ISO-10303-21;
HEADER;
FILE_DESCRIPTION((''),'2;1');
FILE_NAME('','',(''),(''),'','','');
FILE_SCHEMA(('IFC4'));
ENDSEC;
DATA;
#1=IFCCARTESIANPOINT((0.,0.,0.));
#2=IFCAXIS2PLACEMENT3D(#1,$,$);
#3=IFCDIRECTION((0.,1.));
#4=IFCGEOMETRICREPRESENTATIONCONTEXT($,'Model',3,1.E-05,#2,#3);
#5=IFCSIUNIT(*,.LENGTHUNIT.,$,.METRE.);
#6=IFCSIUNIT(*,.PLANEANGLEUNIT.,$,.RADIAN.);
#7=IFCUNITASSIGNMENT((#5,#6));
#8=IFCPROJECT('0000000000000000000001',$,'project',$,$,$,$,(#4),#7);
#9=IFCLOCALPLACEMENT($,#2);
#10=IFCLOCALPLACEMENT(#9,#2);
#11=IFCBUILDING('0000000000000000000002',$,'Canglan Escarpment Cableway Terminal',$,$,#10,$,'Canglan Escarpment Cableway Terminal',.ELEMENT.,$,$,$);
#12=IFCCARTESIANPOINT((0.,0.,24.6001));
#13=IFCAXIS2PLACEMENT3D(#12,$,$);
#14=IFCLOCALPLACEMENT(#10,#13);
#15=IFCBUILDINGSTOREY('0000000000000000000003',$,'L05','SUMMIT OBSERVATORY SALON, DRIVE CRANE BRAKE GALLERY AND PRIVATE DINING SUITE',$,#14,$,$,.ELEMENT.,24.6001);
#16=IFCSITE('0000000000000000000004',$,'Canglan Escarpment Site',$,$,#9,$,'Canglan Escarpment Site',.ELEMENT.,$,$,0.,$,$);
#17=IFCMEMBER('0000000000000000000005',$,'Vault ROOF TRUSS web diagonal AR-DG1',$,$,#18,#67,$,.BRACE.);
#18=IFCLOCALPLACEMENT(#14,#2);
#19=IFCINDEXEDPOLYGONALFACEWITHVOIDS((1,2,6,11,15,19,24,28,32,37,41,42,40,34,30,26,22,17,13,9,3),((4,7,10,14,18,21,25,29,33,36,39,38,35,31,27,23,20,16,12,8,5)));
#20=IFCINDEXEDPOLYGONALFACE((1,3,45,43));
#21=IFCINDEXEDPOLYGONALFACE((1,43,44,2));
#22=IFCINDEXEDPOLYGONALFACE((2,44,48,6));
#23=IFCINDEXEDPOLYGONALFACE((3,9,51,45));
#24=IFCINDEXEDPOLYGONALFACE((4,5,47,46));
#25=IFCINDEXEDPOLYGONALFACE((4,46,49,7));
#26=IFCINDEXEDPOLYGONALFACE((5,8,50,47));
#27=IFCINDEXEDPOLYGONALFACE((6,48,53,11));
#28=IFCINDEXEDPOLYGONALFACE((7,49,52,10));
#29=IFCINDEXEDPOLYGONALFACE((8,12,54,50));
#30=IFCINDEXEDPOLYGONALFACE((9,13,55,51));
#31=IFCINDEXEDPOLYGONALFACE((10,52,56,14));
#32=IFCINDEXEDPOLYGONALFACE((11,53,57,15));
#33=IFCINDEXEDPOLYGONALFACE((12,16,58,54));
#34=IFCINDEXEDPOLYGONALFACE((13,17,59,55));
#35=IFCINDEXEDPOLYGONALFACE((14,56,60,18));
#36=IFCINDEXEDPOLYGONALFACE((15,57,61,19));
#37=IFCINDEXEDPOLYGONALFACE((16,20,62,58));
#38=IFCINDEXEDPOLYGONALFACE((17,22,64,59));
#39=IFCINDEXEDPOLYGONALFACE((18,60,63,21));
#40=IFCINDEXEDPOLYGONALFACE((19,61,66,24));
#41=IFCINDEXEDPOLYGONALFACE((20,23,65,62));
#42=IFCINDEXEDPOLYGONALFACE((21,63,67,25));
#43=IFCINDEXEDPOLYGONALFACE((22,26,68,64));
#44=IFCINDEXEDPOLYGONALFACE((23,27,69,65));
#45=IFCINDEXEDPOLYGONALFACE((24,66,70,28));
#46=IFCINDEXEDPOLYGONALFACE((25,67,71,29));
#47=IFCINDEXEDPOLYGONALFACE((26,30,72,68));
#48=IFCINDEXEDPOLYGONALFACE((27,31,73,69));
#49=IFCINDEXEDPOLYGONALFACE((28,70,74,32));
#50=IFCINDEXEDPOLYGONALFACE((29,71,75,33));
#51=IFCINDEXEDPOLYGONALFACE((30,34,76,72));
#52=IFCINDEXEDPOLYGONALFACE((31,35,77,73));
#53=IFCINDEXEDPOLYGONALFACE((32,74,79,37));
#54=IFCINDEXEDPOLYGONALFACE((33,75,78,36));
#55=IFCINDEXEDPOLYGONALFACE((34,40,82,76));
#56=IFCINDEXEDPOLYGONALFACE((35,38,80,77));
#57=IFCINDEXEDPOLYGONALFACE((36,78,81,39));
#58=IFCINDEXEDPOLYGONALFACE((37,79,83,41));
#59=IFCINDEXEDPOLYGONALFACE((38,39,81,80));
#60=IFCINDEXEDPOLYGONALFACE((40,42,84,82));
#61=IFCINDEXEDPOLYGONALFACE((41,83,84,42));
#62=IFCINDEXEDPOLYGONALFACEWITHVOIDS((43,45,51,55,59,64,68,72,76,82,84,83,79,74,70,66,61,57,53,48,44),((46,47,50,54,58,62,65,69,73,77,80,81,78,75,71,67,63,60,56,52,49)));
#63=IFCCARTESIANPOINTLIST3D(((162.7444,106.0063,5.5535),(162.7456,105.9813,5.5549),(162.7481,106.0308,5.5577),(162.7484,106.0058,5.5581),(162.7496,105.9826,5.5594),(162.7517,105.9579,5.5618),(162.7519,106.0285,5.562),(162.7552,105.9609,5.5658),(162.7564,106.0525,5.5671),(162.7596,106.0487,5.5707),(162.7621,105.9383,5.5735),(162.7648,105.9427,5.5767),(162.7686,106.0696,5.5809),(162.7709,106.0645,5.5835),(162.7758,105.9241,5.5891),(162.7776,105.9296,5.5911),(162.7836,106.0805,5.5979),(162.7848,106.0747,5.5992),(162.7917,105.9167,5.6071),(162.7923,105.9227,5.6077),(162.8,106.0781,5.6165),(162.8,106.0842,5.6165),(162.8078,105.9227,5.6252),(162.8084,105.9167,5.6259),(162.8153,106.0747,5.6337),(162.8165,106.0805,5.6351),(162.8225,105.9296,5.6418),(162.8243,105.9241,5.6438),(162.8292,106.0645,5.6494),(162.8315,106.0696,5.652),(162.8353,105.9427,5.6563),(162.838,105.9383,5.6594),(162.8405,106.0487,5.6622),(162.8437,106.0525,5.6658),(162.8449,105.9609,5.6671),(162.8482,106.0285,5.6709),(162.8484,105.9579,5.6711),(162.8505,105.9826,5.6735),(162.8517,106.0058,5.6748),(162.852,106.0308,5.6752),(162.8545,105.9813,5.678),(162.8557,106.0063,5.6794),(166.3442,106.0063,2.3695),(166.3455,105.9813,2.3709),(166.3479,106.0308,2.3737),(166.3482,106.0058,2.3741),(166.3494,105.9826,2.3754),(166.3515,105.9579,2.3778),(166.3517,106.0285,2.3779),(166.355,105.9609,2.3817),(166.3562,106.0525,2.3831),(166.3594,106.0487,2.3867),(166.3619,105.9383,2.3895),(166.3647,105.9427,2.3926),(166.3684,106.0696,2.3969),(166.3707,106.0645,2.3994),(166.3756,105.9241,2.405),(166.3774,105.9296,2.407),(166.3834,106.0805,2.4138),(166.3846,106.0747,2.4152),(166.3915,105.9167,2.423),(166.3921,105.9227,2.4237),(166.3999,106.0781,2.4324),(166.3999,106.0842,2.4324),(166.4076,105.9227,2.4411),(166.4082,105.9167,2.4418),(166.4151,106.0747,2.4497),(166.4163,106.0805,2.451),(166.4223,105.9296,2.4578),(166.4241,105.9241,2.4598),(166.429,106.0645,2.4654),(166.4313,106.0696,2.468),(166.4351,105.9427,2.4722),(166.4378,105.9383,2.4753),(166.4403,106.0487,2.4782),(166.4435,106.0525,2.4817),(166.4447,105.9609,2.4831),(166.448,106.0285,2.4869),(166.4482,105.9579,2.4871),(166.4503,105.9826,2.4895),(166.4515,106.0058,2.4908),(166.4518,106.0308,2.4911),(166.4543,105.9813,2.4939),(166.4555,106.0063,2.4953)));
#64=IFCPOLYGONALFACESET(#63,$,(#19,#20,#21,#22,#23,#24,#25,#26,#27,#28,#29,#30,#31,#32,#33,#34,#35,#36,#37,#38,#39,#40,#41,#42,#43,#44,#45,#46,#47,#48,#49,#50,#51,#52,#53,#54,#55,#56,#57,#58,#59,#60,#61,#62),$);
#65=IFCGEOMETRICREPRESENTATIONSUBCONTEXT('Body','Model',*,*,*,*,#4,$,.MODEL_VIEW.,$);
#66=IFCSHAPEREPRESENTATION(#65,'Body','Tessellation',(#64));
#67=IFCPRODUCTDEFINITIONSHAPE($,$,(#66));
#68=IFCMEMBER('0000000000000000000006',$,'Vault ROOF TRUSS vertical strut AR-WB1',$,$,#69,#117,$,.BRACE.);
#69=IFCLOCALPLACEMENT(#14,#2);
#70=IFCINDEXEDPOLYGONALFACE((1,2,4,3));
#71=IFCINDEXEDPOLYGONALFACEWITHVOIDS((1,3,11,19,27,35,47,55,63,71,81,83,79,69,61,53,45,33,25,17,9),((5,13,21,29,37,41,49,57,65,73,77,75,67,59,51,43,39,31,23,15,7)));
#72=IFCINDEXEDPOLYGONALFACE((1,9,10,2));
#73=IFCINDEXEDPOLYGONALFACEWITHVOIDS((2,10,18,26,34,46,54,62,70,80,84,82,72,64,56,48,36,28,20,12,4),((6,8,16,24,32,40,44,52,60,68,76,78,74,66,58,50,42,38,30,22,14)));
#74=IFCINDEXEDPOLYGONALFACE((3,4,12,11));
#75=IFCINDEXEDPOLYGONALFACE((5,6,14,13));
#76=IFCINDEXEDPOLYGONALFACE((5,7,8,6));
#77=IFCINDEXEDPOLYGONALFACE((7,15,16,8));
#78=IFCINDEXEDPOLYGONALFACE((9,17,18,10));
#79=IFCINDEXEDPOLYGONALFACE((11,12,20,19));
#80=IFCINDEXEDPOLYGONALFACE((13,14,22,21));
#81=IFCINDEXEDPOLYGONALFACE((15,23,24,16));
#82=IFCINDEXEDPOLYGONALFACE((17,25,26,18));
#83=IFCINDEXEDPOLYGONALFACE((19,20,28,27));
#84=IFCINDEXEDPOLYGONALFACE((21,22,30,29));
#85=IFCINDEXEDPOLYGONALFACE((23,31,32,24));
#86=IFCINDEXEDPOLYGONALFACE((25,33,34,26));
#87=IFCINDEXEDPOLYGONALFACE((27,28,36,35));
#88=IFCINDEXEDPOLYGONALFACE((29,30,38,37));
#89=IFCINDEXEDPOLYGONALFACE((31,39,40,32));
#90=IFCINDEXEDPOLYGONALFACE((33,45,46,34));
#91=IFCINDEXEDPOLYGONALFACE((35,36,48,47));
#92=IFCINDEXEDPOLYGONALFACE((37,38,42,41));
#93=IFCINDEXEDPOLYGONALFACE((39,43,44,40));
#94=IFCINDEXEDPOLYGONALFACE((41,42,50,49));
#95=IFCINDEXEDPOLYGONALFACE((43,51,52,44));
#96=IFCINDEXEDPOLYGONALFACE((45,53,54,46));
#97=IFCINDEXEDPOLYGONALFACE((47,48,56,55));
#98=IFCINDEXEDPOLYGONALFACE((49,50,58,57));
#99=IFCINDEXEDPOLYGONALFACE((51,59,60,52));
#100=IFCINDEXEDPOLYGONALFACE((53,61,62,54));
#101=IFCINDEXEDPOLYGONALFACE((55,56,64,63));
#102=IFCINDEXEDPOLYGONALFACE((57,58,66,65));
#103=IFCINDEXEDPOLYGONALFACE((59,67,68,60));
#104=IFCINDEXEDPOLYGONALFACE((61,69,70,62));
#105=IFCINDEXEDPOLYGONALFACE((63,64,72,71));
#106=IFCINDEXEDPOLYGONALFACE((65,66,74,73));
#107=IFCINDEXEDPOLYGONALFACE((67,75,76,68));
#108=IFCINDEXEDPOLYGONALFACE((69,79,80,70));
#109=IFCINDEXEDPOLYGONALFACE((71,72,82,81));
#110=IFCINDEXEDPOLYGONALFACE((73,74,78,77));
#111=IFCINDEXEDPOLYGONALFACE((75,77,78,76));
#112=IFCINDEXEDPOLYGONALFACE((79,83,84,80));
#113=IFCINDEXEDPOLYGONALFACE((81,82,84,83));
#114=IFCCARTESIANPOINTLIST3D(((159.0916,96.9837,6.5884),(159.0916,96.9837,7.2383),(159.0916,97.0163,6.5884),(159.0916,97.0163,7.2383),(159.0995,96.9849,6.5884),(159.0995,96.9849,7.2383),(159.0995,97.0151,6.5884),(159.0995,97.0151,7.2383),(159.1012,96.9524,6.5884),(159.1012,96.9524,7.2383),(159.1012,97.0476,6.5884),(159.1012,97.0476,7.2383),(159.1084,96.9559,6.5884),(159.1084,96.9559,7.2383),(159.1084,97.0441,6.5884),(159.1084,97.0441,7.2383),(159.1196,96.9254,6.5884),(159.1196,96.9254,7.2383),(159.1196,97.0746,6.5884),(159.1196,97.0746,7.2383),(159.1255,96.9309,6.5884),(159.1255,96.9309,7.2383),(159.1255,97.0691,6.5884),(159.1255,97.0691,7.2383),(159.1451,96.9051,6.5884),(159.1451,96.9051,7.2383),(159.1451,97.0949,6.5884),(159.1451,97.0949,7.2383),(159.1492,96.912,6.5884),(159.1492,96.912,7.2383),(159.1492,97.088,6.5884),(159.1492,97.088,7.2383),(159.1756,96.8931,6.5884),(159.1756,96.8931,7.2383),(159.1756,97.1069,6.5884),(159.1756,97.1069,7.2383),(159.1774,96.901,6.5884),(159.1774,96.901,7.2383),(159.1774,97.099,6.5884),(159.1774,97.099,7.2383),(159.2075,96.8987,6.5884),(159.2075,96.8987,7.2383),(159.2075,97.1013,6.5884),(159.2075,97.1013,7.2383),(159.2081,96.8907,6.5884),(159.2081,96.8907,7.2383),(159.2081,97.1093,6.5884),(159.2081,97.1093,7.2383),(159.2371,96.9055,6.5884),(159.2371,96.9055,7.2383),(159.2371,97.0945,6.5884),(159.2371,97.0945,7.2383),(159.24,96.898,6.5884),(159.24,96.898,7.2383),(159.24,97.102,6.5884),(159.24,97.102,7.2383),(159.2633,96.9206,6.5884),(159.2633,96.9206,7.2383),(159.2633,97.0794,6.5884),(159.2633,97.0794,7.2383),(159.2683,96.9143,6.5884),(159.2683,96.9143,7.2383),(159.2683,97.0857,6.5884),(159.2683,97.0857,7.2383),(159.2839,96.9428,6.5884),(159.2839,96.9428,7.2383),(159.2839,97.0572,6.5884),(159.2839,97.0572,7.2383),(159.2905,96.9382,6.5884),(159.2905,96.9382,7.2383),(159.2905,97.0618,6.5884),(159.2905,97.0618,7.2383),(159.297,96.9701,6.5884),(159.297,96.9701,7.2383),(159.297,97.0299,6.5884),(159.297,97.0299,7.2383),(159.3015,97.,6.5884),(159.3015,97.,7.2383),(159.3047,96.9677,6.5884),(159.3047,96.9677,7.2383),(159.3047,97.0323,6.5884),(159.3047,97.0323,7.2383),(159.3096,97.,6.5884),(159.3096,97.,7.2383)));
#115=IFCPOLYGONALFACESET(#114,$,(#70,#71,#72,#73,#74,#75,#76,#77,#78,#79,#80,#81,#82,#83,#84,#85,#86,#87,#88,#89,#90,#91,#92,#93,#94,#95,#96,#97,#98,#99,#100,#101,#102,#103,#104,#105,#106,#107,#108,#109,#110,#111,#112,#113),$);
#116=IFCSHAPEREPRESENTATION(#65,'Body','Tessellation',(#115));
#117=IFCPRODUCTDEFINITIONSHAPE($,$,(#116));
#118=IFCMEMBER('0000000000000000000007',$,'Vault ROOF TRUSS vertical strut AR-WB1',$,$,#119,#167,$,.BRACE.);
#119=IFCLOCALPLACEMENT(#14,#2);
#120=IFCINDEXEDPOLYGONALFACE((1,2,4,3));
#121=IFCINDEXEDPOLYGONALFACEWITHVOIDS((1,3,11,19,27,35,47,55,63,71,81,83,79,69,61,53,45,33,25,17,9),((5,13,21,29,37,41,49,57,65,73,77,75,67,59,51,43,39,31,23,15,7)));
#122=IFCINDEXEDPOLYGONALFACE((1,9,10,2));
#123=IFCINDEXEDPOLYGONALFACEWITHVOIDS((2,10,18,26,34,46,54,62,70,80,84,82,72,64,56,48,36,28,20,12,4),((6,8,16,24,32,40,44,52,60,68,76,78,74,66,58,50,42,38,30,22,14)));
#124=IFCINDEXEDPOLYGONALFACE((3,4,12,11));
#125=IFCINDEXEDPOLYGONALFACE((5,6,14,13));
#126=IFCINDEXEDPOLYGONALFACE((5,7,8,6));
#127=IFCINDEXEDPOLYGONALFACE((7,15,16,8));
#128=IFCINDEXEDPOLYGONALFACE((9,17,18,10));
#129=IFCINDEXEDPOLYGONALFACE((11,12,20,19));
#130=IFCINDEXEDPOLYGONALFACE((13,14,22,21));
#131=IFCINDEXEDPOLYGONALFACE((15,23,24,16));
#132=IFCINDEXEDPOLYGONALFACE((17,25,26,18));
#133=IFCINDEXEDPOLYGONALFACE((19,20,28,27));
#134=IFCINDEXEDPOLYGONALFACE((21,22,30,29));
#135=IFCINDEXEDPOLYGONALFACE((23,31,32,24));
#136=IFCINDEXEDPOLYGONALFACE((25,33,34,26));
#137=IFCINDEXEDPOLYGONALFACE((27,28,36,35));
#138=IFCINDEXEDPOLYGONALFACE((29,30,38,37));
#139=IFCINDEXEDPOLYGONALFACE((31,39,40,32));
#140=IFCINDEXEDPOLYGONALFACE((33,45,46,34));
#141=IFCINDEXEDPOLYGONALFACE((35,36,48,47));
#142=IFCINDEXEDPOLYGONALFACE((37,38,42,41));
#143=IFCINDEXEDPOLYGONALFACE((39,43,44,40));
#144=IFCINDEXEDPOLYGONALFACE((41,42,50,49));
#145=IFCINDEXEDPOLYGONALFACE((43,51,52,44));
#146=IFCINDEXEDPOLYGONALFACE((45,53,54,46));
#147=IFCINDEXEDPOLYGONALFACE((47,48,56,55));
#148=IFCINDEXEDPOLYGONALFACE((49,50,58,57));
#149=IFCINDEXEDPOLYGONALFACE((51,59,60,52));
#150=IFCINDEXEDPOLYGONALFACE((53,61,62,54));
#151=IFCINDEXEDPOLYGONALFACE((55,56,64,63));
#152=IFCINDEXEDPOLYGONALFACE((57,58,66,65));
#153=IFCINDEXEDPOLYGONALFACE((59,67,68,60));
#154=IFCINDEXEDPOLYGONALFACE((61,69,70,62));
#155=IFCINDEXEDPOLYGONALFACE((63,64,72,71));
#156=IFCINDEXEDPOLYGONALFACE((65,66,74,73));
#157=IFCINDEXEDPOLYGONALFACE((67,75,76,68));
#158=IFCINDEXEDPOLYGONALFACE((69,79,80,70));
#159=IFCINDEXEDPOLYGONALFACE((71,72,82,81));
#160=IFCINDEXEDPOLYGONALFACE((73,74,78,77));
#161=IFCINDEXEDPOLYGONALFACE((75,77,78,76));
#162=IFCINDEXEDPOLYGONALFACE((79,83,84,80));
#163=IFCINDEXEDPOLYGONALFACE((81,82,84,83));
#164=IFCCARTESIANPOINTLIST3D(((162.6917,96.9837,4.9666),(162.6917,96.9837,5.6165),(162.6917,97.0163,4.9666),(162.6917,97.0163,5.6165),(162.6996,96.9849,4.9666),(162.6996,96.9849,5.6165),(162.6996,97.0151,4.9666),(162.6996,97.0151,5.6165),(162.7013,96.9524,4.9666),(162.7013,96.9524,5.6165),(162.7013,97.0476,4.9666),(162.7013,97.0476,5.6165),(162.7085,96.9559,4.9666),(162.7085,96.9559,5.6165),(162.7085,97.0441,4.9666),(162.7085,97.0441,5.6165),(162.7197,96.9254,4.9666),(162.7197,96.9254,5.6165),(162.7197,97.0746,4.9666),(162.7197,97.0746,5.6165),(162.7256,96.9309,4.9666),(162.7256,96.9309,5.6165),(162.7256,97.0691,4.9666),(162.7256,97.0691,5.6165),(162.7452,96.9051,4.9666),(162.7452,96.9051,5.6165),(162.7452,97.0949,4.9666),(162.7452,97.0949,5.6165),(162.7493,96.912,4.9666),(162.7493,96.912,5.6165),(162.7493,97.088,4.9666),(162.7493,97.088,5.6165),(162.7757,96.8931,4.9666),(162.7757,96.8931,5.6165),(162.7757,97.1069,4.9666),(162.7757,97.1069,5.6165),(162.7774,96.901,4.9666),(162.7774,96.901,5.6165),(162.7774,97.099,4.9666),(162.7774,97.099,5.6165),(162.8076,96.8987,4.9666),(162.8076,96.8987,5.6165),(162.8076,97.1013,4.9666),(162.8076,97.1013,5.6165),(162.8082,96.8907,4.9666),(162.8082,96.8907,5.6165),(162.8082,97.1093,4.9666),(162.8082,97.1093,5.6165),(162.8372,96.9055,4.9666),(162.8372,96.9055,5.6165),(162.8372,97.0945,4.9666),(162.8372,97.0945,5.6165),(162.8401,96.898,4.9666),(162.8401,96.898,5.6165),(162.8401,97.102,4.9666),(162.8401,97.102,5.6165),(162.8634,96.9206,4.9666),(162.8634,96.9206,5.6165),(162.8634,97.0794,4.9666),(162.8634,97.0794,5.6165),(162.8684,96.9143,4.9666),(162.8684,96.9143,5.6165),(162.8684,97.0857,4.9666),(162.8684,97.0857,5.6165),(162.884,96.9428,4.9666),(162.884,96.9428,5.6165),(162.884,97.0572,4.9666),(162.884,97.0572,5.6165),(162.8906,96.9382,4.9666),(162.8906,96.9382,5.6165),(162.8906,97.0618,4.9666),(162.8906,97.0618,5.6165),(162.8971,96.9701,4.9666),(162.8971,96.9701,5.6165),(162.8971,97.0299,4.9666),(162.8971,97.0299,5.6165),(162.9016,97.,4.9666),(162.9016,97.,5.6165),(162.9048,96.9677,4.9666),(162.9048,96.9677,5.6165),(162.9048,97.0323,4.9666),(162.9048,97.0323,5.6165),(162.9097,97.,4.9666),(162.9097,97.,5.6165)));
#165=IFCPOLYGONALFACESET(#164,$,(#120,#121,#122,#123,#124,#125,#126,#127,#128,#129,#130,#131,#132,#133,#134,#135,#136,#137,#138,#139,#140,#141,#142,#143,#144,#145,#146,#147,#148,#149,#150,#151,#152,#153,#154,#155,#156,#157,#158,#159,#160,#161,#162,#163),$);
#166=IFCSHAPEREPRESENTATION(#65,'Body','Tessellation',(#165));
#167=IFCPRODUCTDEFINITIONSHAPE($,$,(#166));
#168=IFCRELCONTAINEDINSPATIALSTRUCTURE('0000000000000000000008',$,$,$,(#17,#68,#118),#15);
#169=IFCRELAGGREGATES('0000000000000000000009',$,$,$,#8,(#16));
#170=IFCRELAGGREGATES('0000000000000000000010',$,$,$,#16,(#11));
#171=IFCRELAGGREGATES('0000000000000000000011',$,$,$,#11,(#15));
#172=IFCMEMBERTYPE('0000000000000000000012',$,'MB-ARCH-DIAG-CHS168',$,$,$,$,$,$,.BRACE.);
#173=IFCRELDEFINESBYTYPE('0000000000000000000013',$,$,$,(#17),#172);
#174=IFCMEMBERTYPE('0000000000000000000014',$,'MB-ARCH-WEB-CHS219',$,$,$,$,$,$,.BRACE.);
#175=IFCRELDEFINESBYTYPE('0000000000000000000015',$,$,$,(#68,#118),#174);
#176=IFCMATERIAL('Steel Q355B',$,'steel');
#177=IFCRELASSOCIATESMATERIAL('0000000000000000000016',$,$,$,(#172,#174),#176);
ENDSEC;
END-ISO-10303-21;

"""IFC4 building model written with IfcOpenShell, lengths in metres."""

from ifc_helpers import new_model, si_unit, direction, frame, origin, origin_2d, place, context, subcontext, project, spatial, hollow_circle, extrude, material, material_profile, profile_set, type_object, element, save


model = new_model("IFC4")

# Units and contexts
model_context = context("Model", 3, precision=1e-05, world=origin(), true_north=direction((0.0, 1.0)))
body_context = subcontext(model_context, "Body", "Model", "MODEL_VIEW")
ifc_project = project(units=[si_unit("LENGTHUNIT", "METRE"), si_unit("PLANEANGLEUNIT", "RADIAN")], contexts=[model_context])

# Site, building, storey
site_placement = place(None, origin())
site = spatial("IfcSite", under=ifc_project, at=site_placement, Name="Canglan Escarpment Site", LongName="Canglan Escarpment Site", CompositionType="ELEMENT", RefElevation=0.0)
building_placement = place(site_placement, origin())
building = spatial("IfcBuilding", under=site, at=building_placement, Name="Canglan Escarpment Cableway Terminal", LongName="Canglan Escarpment Cableway Terminal", CompositionType="ELEMENT")
storey_placement = place(building_placement, frame((0.0, 0.0, 24.6001)))
storey = spatial("IfcBuildingStorey", under=building, at=storey_placement, Name="L05", Description="SUMMIT OBSERVATORY SALON, DRIVE CRANE BRAKE GALLERY AND PRIVATE DINING SUITE", CompositionType="ELEMENT", Elevation=24.6001)

# Shared definitions
ifc_material = material(Name="Steel Q355B", Category="steel")

# Members
ifc_material_profile_1 = material_profile(ifc_material, hollow_circle(Radius=0.0842, WallThickness=0.0061, at=origin_2d()), Name="CHS 168.3x6")
ifc_profile_set_1 = profile_set([ifc_material_profile_1], Name="Steel Q355B")
member_type_1 = type_object("IfcMemberType", Name="MB-ARCH-DIAG-CHS168", PredefinedType="BRACE", material=ifc_profile_set_1)
member_1_placement = place(storey_placement, frame((162.8, 106.0, 5.6165), z_axis=(0.749038, 0.0, -0.662527), x_axis=(0.0, 1.0, 0.0)))
element("IfcMember", 1, at=member_1_placement, inside=storey, type_object=member_type_1, Name="Vault ROOF TRUSS web diagonal AR-DG1", PredefinedType="BRACE", context=body_context, shape_type="SweptSolid", body=[
    extrude(hollow_circle(Radius=0.0842, WallThickness=0.0061, at=origin_2d()), origin(), (0.0, 0.0, 1.0), 4.8059),
])
ifc_material_profile_2 = material_profile(ifc_material, hollow_circle(Radius=0.1096, WallThickness=0.0081, at=origin_2d()), Name="CHS 219.1x8")
ifc_profile_set_2 = profile_set([ifc_material_profile_2], Name="Steel Q355B")
member_type_2 = type_object("IfcMemberType", Name="MB-ARCH-WEB-CHS219", PredefinedType="BRACE", material=ifc_profile_set_2)
for number, where, z_axis, x_axis, name in (
    (2, (159.2, 97.0, 6.5884), (0.0, 0.0, 1.0), (1.0, 0.0, 0.0), "Vault ROOF TRUSS vertical strut AR-WB1"),
    (3, (162.8, 97.0, 4.9666), (0.0, 0.0, 1.0), (1.0, 0.0, 0.0), "Vault ROOF TRUSS vertical strut AR-WB1"),
):
    element("IfcMember", number, at=place(storey_placement, frame(where, z_axis=z_axis, x_axis=x_axis)), inside=storey, type_object=member_type_2, Name=name, PredefinedType="BRACE", context=body_context, shape_type="SweptSolid", body=[
        extrude(hollow_circle(Radius=0.1096, WallThickness=0.0081, at=origin_2d()), origin(), (0.0, 0.0, 1.0), 0.6499),
    ])

save(model, "model.ifc")
